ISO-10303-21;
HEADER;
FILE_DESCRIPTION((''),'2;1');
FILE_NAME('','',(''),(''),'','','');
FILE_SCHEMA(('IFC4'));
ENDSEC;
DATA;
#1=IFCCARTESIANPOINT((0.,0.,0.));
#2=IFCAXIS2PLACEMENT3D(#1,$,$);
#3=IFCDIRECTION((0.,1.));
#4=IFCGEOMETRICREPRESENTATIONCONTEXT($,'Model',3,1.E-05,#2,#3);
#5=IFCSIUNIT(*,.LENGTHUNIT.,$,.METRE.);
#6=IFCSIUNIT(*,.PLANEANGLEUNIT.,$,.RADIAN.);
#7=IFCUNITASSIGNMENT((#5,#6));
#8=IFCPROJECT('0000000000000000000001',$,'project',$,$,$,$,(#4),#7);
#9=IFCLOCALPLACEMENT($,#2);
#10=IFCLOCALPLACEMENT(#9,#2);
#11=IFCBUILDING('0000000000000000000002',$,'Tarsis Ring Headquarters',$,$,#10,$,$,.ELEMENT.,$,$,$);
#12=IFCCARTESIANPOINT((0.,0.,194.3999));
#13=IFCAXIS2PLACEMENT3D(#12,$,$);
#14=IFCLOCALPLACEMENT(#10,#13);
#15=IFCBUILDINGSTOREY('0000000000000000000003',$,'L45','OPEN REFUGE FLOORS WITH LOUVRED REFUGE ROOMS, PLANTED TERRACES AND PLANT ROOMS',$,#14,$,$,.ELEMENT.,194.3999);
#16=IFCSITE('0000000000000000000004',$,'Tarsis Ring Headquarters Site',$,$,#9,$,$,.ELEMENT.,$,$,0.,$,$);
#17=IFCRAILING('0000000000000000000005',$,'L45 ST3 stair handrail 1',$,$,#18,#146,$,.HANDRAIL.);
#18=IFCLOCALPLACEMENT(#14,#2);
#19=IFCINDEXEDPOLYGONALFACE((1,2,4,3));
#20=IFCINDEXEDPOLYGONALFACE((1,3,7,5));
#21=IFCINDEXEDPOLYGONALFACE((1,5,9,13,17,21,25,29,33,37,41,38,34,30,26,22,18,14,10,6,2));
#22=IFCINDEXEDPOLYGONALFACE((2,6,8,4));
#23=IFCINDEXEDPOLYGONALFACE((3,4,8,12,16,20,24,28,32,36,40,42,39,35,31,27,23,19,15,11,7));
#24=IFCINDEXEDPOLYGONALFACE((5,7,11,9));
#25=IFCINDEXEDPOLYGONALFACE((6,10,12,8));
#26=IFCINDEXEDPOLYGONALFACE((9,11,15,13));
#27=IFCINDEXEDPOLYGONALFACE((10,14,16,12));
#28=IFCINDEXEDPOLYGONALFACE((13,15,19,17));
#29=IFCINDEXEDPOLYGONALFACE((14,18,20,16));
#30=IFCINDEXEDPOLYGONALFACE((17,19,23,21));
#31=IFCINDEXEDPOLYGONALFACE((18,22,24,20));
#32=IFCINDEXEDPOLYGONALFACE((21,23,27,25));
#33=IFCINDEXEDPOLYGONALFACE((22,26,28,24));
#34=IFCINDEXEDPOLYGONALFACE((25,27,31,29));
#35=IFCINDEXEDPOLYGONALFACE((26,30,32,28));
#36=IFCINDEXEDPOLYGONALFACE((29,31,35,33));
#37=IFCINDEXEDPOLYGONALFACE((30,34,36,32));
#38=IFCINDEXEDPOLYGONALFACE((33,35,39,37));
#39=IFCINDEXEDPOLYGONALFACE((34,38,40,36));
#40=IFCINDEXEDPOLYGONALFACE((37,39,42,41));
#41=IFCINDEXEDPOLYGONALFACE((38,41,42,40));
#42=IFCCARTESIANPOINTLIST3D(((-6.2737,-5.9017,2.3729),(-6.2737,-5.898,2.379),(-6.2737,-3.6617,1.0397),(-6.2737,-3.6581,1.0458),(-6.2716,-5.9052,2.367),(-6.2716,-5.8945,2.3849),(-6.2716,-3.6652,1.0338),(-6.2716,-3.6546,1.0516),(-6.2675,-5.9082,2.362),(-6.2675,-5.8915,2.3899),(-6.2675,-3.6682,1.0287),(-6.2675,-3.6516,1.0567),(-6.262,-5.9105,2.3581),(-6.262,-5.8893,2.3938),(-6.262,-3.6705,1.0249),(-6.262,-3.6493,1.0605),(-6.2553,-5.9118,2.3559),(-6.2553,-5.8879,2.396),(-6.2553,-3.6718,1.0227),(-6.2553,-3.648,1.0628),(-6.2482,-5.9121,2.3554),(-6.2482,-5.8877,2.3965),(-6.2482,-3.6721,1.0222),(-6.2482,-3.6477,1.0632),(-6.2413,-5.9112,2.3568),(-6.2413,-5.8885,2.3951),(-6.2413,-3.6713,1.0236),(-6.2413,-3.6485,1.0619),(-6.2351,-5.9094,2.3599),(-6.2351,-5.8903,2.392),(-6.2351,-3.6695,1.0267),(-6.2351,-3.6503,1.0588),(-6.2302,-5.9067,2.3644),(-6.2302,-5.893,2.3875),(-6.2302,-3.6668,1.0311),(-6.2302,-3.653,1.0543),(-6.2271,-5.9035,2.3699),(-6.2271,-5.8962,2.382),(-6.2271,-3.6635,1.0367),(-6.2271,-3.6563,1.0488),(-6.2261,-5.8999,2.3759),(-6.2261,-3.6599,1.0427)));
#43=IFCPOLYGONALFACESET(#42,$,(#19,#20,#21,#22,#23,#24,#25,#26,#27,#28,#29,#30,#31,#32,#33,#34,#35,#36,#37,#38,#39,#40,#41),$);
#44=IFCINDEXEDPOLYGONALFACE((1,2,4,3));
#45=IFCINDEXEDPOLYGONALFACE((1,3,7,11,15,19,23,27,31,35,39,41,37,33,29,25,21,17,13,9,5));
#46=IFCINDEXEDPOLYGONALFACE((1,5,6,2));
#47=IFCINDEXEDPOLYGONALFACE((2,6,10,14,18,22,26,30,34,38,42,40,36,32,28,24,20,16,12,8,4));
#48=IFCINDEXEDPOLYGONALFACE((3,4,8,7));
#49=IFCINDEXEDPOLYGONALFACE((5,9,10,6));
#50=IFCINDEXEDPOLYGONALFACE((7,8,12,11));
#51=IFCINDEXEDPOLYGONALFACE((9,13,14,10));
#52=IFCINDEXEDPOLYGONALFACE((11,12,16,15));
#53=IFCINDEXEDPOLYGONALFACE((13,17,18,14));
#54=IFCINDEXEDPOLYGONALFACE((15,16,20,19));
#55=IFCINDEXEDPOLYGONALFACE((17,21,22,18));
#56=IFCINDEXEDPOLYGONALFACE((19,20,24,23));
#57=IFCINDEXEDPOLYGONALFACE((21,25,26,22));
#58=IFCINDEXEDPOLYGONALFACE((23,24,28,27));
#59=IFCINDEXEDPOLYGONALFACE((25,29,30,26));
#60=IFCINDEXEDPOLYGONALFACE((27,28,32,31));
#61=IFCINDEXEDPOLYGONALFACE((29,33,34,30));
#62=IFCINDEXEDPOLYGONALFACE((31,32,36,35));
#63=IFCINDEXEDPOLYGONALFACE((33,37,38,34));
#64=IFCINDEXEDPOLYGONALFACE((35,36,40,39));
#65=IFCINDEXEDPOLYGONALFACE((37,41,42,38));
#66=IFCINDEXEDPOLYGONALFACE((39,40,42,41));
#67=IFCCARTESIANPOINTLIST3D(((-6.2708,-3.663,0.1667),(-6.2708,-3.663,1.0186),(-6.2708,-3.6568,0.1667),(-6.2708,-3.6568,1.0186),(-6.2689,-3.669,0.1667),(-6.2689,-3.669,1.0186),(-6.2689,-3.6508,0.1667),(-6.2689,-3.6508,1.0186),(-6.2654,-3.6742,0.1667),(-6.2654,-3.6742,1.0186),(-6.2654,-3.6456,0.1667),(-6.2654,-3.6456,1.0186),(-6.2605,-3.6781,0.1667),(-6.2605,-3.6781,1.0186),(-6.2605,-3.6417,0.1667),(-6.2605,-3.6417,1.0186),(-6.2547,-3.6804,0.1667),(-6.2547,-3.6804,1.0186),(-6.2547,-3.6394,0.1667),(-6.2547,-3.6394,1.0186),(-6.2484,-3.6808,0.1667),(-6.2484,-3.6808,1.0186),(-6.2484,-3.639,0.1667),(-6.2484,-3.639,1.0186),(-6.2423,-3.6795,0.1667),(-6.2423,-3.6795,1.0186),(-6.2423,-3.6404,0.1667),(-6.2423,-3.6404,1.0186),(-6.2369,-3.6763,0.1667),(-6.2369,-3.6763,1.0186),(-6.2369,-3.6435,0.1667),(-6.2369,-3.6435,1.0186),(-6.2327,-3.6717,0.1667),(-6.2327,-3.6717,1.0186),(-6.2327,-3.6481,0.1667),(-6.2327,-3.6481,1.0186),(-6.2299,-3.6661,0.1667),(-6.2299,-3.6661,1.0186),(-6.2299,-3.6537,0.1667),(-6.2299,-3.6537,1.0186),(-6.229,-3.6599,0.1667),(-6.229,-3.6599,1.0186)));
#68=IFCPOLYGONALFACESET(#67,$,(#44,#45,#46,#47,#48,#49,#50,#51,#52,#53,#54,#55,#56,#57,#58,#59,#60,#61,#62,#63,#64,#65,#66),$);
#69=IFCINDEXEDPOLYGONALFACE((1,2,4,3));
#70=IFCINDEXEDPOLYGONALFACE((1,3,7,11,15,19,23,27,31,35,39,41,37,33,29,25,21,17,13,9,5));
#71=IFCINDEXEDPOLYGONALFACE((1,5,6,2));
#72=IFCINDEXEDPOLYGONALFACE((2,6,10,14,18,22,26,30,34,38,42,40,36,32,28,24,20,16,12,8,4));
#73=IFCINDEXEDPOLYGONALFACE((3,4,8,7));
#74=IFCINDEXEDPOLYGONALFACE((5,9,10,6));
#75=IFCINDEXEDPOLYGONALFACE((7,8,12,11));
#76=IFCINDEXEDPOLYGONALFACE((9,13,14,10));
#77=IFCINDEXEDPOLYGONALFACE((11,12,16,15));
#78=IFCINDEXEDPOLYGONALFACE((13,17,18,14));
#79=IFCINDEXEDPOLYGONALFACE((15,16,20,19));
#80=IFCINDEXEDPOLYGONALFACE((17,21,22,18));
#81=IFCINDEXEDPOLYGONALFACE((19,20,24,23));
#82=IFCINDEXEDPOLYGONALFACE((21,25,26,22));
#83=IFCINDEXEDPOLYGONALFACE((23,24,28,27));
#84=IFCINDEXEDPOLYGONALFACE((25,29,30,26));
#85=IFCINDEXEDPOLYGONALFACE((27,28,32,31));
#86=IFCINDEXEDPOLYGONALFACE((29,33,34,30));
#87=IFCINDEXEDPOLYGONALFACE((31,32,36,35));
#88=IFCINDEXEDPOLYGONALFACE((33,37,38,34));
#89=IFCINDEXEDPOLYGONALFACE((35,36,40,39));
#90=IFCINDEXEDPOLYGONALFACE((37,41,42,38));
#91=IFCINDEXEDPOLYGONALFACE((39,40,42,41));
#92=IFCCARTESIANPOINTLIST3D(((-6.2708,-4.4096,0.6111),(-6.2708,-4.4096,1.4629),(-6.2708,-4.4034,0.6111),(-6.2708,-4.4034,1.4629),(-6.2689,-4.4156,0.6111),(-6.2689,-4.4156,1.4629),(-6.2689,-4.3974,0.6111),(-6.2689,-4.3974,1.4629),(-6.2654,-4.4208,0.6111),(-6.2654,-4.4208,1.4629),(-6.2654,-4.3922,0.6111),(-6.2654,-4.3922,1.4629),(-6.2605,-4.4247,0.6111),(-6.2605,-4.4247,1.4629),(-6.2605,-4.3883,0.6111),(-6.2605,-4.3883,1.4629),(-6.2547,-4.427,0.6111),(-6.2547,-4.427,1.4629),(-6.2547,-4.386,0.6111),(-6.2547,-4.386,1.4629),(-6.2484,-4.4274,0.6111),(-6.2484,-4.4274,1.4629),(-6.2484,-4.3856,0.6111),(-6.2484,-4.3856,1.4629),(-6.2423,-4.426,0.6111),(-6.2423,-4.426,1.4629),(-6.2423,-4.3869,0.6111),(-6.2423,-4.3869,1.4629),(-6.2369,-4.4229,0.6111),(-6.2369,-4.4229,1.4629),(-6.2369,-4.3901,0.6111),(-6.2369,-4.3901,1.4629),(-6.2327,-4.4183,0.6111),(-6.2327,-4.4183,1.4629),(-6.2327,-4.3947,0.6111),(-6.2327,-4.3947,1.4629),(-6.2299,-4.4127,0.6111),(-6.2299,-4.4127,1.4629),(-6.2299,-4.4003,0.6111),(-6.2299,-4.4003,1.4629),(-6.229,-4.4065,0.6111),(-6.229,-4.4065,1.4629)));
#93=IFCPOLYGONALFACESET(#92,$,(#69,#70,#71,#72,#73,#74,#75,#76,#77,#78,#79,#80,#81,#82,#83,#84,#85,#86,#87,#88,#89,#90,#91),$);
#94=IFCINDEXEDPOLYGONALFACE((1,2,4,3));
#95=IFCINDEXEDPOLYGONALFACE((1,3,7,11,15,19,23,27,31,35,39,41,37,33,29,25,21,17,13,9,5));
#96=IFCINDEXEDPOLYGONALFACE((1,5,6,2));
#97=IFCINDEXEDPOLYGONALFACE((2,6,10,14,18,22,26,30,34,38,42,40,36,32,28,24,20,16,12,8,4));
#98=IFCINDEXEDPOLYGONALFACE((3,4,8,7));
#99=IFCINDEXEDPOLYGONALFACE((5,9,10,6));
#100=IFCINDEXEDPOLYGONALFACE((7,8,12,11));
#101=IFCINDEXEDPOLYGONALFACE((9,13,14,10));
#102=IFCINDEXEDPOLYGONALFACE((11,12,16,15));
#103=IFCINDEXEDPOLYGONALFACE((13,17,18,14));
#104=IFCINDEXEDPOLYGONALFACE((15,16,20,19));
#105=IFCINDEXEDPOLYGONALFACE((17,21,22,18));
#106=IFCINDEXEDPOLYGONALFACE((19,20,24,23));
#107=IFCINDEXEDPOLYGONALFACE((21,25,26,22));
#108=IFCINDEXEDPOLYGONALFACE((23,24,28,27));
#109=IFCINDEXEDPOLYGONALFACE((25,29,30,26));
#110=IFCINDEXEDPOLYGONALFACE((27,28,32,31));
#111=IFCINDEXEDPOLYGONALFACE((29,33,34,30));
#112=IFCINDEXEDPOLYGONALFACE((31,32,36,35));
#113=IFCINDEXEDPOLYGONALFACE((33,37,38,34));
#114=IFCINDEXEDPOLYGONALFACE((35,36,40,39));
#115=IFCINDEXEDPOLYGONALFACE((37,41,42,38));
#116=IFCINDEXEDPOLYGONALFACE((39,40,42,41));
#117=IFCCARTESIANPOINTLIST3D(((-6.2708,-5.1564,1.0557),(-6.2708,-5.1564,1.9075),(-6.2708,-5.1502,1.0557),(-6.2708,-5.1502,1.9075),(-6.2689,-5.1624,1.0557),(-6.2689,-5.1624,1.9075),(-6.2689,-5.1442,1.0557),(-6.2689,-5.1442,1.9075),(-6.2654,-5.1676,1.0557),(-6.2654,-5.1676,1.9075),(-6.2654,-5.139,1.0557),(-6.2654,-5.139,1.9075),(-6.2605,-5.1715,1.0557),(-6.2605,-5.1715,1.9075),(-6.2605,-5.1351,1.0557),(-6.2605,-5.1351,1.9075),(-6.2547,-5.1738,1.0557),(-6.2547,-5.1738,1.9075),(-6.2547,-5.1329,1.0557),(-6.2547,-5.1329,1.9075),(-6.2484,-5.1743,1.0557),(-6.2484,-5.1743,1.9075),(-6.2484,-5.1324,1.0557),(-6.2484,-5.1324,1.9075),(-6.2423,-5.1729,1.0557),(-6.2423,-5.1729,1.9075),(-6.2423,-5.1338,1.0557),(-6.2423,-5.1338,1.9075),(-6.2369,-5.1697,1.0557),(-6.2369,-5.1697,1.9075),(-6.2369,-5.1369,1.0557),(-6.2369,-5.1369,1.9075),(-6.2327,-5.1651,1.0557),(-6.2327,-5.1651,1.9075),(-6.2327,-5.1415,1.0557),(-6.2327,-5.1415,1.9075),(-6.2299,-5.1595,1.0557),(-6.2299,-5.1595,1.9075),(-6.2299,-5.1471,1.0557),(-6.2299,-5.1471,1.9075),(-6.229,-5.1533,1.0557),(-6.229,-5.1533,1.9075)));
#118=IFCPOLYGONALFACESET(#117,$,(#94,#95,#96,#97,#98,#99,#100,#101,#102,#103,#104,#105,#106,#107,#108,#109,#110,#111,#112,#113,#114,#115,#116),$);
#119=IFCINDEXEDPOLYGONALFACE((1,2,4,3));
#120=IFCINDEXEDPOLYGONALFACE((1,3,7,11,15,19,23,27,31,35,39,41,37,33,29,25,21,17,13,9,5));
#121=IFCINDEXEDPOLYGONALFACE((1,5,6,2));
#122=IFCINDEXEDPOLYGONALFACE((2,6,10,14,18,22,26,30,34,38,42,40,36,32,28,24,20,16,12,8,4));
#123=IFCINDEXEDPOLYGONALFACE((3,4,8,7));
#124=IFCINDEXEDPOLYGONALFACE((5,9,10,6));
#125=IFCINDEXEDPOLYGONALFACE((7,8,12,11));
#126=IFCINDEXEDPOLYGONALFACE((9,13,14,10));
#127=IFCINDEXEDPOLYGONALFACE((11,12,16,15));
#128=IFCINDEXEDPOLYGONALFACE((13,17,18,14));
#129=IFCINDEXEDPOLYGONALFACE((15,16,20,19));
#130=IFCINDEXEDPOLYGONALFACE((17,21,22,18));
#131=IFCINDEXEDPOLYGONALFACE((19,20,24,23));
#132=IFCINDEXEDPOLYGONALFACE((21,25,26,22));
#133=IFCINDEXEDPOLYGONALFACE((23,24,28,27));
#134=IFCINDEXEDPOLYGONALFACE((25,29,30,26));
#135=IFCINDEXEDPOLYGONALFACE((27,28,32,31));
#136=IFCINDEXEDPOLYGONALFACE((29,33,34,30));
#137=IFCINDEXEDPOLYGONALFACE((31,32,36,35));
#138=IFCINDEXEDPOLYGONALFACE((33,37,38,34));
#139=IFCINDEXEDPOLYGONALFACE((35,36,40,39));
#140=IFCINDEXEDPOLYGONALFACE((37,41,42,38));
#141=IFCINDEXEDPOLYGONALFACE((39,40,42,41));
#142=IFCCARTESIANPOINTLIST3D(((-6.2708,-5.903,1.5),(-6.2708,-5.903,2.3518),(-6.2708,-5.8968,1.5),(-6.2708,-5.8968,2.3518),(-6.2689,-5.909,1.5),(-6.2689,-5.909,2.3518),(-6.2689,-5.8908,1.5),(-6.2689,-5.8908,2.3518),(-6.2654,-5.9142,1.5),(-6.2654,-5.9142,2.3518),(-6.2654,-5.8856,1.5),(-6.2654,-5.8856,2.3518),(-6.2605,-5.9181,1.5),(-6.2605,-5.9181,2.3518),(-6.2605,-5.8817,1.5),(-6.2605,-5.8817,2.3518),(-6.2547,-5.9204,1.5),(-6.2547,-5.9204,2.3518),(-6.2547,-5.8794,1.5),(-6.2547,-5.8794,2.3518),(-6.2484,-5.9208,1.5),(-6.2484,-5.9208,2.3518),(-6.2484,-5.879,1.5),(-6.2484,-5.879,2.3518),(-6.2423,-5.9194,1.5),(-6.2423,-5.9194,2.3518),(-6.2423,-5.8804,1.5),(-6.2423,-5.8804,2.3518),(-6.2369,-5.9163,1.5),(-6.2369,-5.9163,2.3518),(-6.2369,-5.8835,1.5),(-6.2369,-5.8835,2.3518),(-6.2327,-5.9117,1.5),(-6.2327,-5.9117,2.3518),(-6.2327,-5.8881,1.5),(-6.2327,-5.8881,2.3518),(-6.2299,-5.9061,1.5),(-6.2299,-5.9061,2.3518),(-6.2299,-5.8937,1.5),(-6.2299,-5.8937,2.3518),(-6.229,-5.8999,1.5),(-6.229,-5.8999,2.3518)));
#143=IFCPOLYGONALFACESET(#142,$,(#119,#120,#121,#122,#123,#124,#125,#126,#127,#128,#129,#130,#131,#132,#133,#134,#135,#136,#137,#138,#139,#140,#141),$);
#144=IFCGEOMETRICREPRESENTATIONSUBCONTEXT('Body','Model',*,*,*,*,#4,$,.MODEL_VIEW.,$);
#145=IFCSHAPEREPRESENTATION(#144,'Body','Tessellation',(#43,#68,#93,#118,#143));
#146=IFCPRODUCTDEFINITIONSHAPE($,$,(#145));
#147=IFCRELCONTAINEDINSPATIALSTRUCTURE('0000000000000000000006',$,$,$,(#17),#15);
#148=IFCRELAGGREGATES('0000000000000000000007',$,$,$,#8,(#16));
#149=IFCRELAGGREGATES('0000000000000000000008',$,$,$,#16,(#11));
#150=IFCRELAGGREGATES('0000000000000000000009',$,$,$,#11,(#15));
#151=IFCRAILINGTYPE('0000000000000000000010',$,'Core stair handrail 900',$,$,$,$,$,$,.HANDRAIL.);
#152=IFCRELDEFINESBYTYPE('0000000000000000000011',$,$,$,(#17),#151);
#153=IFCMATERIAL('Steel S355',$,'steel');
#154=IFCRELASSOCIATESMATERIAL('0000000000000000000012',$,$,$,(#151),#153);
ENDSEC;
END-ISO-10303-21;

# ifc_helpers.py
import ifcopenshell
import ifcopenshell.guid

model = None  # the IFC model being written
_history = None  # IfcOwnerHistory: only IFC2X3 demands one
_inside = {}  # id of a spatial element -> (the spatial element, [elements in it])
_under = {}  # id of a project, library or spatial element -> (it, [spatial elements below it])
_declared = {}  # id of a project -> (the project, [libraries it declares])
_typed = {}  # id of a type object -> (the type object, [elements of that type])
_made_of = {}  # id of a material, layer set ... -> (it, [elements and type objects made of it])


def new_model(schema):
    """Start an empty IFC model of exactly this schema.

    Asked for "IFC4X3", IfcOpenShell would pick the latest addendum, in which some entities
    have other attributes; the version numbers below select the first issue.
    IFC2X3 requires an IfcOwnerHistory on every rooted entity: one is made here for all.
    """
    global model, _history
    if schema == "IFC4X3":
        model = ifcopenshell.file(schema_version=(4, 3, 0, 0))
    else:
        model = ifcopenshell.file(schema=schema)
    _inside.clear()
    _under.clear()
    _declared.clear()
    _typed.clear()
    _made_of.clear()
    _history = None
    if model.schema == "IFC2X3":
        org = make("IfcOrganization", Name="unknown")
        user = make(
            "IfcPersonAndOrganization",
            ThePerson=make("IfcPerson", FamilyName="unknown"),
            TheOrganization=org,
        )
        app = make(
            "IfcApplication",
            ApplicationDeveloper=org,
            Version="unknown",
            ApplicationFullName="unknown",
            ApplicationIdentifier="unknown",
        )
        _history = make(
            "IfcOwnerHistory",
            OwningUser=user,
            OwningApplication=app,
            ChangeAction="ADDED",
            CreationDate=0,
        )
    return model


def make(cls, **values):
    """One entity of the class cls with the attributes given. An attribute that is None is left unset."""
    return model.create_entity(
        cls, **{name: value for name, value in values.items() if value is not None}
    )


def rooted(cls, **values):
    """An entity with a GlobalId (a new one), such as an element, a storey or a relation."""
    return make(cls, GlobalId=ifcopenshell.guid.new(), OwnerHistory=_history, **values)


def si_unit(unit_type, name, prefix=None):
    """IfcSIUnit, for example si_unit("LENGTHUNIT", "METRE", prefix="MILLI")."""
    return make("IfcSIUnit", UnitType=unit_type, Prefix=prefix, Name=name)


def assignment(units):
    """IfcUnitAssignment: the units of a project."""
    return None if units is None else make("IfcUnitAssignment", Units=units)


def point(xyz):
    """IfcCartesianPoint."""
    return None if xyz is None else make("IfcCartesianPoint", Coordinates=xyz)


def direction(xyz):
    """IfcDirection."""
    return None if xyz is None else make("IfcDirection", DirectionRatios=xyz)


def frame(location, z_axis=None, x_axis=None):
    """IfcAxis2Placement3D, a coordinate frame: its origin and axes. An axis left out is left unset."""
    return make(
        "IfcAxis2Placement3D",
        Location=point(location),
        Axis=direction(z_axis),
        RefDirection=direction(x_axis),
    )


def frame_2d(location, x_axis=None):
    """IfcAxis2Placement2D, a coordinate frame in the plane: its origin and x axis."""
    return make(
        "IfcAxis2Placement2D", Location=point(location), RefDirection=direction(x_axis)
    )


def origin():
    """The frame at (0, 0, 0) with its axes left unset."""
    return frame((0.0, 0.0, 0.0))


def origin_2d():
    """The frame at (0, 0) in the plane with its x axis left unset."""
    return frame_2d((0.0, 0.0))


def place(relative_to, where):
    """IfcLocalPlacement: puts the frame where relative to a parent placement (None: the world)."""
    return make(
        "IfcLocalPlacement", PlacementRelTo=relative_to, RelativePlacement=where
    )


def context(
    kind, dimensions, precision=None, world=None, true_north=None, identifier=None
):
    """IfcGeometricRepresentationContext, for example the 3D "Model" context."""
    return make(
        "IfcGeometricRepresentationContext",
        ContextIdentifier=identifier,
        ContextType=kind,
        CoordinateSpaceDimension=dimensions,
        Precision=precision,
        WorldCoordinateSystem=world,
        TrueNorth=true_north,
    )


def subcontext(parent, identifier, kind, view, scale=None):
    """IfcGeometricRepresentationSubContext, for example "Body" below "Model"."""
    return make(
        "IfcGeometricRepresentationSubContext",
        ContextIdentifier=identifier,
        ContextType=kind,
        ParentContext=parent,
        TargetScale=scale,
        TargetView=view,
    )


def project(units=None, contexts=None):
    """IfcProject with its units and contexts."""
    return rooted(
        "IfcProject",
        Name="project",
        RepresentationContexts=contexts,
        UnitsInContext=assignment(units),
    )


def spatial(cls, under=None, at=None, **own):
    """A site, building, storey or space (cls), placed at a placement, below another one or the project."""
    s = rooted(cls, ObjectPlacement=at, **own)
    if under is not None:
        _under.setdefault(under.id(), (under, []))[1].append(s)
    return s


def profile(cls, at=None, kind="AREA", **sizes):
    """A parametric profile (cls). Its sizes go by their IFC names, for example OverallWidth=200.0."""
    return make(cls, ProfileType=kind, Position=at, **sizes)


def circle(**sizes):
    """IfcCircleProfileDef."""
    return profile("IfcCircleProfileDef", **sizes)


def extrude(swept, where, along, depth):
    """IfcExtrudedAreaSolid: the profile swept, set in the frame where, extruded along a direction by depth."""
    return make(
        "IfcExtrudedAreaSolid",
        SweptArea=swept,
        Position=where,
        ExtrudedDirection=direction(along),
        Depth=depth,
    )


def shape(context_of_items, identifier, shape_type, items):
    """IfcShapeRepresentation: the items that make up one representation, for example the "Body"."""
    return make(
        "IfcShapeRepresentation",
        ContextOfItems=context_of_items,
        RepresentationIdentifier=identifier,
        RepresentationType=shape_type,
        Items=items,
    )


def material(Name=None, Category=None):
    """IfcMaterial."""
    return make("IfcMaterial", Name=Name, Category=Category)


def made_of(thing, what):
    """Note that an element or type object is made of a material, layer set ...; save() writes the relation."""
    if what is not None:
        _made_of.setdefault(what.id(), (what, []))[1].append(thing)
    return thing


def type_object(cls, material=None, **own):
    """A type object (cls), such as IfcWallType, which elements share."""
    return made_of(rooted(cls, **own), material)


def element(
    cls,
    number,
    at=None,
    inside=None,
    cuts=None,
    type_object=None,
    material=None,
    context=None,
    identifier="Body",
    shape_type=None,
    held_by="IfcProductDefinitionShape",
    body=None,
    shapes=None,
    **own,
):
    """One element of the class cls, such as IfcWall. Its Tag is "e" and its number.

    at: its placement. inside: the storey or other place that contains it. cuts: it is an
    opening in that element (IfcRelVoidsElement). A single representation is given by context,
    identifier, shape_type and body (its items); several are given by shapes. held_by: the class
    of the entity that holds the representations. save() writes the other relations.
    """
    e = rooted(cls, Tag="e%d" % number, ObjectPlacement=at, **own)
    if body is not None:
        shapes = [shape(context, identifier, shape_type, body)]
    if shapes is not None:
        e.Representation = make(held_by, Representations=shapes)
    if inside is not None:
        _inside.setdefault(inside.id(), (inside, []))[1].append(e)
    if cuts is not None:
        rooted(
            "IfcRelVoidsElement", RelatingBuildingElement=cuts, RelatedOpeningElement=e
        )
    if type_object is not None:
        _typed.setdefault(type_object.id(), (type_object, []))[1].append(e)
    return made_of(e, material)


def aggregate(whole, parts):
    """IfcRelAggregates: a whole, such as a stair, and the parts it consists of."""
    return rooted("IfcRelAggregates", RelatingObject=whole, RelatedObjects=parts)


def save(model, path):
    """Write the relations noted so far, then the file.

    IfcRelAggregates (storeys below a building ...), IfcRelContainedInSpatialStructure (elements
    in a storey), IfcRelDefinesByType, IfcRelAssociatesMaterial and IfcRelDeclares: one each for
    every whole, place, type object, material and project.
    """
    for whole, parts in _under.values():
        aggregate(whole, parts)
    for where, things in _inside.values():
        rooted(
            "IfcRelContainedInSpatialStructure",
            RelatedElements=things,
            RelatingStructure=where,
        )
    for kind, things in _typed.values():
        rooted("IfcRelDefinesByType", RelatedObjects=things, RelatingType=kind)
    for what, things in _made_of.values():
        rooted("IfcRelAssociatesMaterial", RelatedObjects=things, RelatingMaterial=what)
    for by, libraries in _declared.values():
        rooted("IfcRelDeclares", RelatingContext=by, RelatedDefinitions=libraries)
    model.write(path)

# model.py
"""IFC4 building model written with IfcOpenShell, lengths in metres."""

from ifc_helpers import new_model, si_unit, direction, frame, origin, origin_2d, place, context, subcontext, project, spatial, circle, extrude, material, type_object, element, save


model = new_model("IFC4")

# Units and contexts
model_context = context("Model", 3, precision=1e-05, world=origin(), true_north=direction((0.0, 1.0)))
body_context = subcontext(model_context, "Body", "Model", "MODEL_VIEW")
ifc_project = project(units=[si_unit("LENGTHUNIT", "METRE"), si_unit("PLANEANGLEUNIT", "RADIAN")], contexts=[model_context])

# Site, building, storey
site_placement = place(None, origin())
site = spatial("IfcSite", under=ifc_project, at=site_placement, Name="Tarsis Ring Headquarters Site", CompositionType="ELEMENT", RefElevation=0.0)
building_placement = place(site_placement, origin())
building = spatial("IfcBuilding", under=site, at=building_placement, Name="Tarsis Ring Headquarters", CompositionType="ELEMENT")
storey_placement = place(building_placement, frame((0.0, 0.0, 194.3999)))
storey = spatial("IfcBuildingStorey", under=building, at=storey_placement, Name="L45", Description="OPEN REFUGE FLOORS WITH LOUVRED REFUGE ROOMS, PLANTED TERRACES AND PLANT ROOMS", CompositionType="ELEMENT", Elevation=194.3999)

# Shared definitions
ifc_material_1 = material(Name="Steel S355", Category="steel")

# Railing
railing_type = type_object("IfcRailingType", Name="Core stair handrail 900", PredefinedType="HANDRAIL", material=ifc_material_1)
for number, where, name in (
    (1, (-6.25, -3.6599, 0.1667), "L45 ST3 stair handrail 1"),
):
    element("IfcRailing", number, at=place(storey_placement, frame(where)), inside=storey, type_object=railing_type, Name=name, PredefinedType="HANDRAIL", context=body_context, shape_type="SweptSolid", body=[
        extrude(circle(Radius=0.0239, at=origin_2d()), frame((0.0, 0.0, 0.876), z_axis=(0.0, -0.859306, 0.511462), x_axis=(1.0, 0.0, 0.0)), (0.0, 0.0, 1.0), 2.6067),
        extrude(circle(Radius=0.021, at=origin_2d()), origin(), (0.0, 0.0, 1.0), 0.8518),
        extrude(circle(Radius=0.021, at=origin_2d()), frame((0.0, -0.7466, 0.4443)), (0.0, 0.0, 1.0), 0.8518),
        extrude(circle(Radius=0.021, at=origin_2d()), frame((0.0, -1.4934, 0.8889)), (0.0, 0.0, 1.0), 0.8518),
        extrude(circle(Radius=0.021, at=origin_2d()), frame((0.0, -2.24, 1.3333)), (0.0, 0.0, 1.0), 0.8518),
    ])

save(model, "model.ifc")
